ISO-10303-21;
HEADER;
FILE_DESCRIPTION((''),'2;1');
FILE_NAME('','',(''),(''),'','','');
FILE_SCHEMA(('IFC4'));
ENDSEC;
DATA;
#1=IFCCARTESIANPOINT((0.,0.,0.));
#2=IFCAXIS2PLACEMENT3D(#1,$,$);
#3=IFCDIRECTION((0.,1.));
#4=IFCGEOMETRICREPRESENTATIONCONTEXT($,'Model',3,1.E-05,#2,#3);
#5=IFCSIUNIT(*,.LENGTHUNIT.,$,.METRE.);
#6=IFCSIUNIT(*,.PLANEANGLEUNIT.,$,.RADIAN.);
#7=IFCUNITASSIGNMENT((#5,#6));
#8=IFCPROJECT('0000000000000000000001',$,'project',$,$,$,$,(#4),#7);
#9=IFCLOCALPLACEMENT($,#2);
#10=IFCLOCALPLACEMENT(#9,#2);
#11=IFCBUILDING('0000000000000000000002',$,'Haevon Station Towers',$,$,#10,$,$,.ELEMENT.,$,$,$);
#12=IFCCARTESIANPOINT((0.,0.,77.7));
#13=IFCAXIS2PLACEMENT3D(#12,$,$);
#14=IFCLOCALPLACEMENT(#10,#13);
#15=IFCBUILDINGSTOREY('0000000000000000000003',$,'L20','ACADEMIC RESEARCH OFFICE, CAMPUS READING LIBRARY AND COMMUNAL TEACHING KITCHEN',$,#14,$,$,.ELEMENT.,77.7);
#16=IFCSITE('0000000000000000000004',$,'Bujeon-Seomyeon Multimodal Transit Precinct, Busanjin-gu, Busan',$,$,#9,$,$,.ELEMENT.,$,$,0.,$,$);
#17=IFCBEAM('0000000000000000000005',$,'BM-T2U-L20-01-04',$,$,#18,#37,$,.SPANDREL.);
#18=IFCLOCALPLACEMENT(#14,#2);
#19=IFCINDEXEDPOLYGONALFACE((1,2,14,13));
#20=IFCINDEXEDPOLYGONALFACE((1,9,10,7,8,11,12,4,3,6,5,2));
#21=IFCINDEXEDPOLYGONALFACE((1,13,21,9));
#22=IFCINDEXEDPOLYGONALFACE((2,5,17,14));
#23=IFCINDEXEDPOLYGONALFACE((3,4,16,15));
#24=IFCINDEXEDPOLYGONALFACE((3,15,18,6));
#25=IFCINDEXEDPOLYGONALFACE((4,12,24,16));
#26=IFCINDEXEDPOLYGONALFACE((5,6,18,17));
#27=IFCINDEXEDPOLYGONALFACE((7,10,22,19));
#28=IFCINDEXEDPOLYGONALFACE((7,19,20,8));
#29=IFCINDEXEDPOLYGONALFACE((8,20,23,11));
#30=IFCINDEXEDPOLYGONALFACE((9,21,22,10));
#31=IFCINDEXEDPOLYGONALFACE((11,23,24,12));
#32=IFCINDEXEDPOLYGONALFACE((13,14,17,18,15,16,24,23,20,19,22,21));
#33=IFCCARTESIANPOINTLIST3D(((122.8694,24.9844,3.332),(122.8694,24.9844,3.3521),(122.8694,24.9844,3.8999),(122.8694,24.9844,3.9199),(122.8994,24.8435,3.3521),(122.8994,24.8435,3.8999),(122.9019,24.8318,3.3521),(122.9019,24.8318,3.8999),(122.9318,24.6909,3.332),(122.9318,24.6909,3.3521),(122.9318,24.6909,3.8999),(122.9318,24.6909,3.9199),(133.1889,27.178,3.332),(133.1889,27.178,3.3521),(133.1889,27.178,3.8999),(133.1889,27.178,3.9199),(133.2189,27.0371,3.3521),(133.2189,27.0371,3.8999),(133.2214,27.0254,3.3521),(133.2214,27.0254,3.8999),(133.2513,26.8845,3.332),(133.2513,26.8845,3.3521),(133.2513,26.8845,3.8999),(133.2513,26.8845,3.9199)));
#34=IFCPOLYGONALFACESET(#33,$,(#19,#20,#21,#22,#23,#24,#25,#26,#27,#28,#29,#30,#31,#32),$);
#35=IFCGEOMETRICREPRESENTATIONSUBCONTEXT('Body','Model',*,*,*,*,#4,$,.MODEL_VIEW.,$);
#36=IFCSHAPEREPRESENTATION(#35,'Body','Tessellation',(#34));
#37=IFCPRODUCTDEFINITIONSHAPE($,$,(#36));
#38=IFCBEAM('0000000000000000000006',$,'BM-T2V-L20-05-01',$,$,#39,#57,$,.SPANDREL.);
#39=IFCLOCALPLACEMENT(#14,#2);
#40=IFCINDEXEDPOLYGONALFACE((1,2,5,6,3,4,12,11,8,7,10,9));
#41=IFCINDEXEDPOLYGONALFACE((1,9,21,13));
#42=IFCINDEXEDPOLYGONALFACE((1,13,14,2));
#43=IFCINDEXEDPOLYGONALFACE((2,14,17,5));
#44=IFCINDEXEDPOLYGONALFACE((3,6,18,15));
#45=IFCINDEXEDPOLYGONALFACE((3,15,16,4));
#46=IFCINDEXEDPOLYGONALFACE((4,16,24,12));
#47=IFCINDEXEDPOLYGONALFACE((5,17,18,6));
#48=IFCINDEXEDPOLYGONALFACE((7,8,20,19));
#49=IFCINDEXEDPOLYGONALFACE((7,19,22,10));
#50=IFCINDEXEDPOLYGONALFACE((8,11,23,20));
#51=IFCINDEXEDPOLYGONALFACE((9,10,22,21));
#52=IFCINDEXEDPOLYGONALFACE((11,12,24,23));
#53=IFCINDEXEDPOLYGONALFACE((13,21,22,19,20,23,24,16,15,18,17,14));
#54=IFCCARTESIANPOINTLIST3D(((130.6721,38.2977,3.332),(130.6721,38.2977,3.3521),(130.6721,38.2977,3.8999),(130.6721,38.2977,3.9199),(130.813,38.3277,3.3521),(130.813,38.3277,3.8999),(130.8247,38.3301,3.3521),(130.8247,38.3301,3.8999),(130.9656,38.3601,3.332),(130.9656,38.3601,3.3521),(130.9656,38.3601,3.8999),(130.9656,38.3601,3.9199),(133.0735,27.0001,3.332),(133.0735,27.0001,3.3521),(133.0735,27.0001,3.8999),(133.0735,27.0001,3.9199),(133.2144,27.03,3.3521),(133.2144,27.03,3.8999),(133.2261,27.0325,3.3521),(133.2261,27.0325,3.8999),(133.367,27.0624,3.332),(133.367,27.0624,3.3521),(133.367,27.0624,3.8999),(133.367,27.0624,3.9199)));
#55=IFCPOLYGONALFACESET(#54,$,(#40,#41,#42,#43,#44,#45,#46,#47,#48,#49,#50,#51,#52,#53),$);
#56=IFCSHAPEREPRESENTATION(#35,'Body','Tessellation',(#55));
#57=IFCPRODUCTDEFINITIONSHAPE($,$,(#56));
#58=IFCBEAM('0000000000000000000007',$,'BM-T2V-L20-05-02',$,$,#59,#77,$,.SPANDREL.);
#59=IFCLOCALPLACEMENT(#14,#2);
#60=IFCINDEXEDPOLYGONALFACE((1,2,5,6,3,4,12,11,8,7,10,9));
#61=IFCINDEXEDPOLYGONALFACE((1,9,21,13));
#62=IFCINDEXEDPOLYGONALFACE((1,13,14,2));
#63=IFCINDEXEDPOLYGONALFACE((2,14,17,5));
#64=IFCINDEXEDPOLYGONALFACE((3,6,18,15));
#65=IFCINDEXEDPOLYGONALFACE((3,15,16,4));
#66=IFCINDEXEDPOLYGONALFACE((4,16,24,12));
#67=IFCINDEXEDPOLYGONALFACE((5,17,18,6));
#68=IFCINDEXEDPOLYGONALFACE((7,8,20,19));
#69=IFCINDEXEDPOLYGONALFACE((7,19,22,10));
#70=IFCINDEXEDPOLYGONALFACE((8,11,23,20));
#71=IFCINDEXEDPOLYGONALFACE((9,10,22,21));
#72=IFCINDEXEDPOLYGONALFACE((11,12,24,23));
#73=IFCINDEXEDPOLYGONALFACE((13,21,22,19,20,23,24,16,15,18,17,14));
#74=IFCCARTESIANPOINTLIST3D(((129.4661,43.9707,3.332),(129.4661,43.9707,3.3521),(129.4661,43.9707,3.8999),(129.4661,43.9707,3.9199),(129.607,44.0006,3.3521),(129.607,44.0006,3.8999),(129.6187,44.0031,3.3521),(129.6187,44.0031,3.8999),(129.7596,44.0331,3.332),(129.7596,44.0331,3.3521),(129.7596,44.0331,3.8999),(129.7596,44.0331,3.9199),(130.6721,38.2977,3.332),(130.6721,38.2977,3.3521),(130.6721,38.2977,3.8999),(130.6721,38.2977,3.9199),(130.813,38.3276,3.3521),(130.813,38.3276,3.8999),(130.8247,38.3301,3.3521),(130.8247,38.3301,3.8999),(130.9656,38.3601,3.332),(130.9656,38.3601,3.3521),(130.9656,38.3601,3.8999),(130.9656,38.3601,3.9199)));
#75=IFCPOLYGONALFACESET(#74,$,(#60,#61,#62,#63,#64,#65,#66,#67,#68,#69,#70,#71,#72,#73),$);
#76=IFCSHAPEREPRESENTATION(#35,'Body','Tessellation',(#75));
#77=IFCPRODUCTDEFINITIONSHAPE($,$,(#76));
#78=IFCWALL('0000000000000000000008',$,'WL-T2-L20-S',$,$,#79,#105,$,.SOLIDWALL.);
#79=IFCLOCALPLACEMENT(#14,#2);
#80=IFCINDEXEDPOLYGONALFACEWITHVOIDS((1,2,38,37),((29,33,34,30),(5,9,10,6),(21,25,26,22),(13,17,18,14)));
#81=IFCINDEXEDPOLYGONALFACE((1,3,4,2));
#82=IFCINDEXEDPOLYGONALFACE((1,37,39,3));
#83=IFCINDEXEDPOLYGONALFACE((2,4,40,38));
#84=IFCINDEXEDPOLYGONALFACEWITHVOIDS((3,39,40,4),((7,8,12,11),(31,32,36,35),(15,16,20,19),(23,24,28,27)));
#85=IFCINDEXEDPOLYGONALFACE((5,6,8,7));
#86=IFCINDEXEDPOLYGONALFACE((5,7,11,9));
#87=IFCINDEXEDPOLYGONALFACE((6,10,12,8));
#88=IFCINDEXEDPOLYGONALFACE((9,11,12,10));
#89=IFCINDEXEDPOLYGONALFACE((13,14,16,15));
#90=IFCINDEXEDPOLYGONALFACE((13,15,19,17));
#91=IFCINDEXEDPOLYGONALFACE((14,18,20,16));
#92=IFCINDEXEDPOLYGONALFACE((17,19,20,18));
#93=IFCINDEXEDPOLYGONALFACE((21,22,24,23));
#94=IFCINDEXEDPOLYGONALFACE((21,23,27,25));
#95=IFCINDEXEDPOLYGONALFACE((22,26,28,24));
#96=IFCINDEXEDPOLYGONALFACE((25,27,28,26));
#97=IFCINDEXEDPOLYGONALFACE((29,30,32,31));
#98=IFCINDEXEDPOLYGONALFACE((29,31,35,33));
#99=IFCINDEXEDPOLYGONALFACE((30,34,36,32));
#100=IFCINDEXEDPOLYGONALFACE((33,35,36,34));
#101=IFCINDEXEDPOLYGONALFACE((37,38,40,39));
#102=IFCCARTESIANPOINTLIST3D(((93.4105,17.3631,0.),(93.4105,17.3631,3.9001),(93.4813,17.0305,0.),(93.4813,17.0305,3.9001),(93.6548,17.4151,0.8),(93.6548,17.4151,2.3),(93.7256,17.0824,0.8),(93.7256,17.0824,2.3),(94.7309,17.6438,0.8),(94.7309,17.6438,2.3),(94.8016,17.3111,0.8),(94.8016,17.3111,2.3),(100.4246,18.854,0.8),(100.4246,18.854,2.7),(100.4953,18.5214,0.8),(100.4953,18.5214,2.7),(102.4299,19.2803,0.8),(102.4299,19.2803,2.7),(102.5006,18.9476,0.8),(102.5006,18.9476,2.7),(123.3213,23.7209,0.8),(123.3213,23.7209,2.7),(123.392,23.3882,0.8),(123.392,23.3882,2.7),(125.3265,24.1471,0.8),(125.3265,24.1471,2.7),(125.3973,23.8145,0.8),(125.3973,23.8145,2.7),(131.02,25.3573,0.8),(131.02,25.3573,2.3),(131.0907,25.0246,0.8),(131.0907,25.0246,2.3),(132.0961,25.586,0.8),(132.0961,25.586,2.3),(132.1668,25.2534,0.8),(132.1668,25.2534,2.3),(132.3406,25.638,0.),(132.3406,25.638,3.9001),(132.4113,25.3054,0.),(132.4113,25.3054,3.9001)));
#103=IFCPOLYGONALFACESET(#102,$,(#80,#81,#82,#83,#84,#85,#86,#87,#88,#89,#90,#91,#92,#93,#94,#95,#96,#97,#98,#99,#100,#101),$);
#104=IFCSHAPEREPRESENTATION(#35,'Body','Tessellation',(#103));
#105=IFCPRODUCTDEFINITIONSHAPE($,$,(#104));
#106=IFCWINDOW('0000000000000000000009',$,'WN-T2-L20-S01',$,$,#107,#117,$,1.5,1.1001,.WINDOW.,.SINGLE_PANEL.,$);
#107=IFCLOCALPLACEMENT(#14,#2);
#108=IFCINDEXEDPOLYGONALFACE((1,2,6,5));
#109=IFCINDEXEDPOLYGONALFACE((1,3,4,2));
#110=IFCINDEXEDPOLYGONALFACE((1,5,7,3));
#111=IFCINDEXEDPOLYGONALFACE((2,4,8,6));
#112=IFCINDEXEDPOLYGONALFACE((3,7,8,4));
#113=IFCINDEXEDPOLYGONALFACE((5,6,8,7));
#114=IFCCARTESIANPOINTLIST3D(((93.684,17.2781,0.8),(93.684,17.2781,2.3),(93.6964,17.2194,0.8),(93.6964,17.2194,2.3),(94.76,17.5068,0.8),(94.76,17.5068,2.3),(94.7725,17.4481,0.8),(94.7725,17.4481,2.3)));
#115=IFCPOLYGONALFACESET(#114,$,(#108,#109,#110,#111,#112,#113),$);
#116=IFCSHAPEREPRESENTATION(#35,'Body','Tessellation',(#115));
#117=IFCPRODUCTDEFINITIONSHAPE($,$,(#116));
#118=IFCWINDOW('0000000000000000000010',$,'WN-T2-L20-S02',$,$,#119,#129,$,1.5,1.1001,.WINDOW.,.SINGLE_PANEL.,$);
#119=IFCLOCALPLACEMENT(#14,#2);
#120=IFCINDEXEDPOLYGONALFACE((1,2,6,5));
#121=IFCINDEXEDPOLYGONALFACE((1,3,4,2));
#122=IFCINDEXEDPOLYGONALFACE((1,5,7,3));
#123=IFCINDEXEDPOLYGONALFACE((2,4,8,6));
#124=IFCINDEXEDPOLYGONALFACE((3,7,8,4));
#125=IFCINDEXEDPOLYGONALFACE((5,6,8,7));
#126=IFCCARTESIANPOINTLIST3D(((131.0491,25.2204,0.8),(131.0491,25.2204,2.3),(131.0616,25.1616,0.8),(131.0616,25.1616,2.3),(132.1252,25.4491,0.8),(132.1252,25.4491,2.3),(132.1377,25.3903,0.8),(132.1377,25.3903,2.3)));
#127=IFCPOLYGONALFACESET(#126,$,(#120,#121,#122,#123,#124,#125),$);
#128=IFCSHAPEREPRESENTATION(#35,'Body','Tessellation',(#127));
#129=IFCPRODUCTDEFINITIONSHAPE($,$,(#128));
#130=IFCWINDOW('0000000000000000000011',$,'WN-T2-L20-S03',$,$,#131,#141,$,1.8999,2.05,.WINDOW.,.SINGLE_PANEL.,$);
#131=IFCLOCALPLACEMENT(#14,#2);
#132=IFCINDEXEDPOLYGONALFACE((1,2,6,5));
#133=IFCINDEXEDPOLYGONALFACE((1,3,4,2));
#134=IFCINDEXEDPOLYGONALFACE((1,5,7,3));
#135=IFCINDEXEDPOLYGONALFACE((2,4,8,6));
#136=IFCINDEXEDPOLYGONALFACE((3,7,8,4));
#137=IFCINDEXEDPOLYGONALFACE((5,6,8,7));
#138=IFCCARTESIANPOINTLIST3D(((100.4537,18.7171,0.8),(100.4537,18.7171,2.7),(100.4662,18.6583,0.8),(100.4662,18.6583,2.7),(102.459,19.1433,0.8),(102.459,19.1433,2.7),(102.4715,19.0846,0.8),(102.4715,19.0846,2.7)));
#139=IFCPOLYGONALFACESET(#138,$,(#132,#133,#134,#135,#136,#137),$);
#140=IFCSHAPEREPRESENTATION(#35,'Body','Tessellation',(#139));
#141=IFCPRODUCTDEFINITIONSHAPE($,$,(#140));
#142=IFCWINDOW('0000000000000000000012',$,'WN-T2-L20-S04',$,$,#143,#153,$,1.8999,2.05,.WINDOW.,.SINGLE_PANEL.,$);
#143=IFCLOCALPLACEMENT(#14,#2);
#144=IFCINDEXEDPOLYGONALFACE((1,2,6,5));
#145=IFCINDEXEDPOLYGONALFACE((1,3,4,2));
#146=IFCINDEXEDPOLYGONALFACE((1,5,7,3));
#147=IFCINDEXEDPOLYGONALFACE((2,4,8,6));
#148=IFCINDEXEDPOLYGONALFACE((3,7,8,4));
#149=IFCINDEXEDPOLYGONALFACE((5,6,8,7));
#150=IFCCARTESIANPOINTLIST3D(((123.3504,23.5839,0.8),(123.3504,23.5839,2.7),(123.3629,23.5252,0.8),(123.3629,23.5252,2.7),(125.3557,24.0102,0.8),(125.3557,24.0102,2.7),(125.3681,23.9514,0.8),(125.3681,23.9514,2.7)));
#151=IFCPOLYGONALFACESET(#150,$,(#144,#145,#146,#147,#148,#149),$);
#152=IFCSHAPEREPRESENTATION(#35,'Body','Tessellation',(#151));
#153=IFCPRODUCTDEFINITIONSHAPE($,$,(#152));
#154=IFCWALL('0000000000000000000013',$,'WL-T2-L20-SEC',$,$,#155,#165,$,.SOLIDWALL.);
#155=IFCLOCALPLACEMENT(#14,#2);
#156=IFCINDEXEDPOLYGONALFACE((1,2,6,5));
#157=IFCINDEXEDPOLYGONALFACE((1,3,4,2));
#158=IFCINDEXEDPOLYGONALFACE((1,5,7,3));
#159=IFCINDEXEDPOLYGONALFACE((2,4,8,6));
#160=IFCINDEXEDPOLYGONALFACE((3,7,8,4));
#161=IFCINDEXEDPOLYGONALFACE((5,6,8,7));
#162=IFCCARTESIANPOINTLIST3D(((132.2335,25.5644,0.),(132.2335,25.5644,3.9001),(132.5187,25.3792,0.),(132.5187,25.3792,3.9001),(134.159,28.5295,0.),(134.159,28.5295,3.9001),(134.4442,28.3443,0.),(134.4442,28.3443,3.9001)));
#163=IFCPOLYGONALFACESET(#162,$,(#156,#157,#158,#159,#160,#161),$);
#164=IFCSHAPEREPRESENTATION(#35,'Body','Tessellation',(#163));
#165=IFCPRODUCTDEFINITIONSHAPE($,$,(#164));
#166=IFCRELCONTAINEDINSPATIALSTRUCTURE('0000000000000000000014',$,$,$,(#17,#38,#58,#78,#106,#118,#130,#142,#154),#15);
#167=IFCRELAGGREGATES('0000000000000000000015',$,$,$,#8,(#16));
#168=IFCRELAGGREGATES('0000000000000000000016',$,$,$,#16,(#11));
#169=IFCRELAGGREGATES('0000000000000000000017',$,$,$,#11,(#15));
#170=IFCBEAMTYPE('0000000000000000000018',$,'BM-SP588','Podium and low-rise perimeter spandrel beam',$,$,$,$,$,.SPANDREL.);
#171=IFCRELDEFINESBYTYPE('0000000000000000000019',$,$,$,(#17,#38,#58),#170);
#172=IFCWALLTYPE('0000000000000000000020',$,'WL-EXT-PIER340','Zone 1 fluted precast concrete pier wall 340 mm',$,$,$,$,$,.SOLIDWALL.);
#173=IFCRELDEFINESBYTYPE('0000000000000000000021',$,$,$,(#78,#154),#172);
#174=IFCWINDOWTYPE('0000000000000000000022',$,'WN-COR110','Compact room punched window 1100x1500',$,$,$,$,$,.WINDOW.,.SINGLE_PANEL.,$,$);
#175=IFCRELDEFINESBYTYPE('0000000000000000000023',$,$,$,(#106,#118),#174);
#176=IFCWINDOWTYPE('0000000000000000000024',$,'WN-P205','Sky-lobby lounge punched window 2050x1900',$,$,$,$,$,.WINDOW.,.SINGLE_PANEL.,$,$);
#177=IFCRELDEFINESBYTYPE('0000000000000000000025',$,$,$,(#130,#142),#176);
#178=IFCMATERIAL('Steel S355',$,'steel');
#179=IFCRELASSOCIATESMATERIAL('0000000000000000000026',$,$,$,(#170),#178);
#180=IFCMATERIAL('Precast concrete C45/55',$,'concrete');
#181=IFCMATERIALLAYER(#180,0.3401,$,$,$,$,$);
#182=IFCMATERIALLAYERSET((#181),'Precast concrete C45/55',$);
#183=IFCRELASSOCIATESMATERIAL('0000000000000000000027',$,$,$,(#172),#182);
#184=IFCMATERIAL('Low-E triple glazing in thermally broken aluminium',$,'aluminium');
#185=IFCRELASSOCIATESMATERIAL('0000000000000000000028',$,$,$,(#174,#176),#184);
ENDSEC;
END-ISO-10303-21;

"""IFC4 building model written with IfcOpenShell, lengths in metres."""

from ifc_helpers import new_model, si_unit, direction, frame, frame_2d, origin, origin_2d, place, context, subcontext, project, spatial, rectangle, i_section, extrude, material, layer, layer_set, material_profile, profile_set, type_object, element, fill, save


model = new_model("IFC4")

# Units and contexts
model_context = context("Model", 3, precision=1e-05, world=origin(), true_north=direction((0.0, 1.0)))
body_context = subcontext(model_context, "Body", "Model", "MODEL_VIEW")
ifc_project = project(units=[si_unit("LENGTHUNIT", "METRE"), si_unit("PLANEANGLEUNIT", "RADIAN")], contexts=[model_context])

# Site, building, storey
site_placement = place(None, origin())
site = spatial("IfcSite", under=ifc_project, at=site_placement, Name="Bujeon-Seomyeon Multimodal Transit Precinct, Busanjin-gu, Busan", CompositionType="ELEMENT", RefElevation=0.0)
building_placement = place(site_placement, origin())
building = spatial("IfcBuilding", under=site, at=building_placement, Name="Haevon Station Towers", CompositionType="ELEMENT")
storey_placement = place(building_placement, frame((0.0, 0.0, 77.7)))
storey = spatial("IfcBuildingStorey", under=building, at=storey_placement, Name="L20", Description="ACADEMIC RESEARCH OFFICE, CAMPUS READING LIBRARY AND COMMUNAL TEACHING KITCHEN", CompositionType="ELEMENT", Elevation=77.7)

# Beams
ifc_material_1 = material(Name="Steel S355", Category="steel")
ifc_material_profile_1 = material_profile(ifc_material_1, i_section(OverallWidth=0.3, OverallDepth=0.5879, WebThickness=0.012, FlangeThickness=0.02, at=origin_2d()), Name="H-588x300x12x20")
ifc_profile_set_1 = profile_set([ifc_material_profile_1], Name="Steel S355")
beam_type_1 = type_object("IfcBeamType", Name="BM-SP588", Description="Podium and low-rise perimeter spandrel beam", PredefinedType="SPANDREL", material=ifc_profile_set_1)
beam_1_placement = place(storey_placement, frame((122.9006, 24.8376, 3.626), z_axis=(0.978145, 0.207922, 0.0), x_axis=(-0.207922, 0.978145, 0.0)))
element("IfcBeam", 1, at=beam_1_placement, inside=storey, type_object=beam_type_1, Name="BM-T2U-L20-01-04", PredefinedType="SPANDREL", context=body_context, shape_type="SweptSolid", body=[
    extrude(i_section(OverallWidth=0.3, OverallDepth=0.5879, WebThickness=0.012, FlangeThickness=0.02, at=origin_2d()), origin(), (0.0, 0.0, 1.0), 10.55),
])
beam_2_placement = place(storey_placement, frame((133.2202, 27.0312, 3.626), z_axis=(-0.207911, 0.978148, 0.0), x_axis=(-0.978148, -0.207911, 0.0)))
element("IfcBeam", 2, at=beam_2_placement, inside=storey, type_object=beam_type_1, Name="BM-T2V-L20-05-01", PredefinedType="SPANDREL", context=body_context, shape_type="SweptSolid", body=[
    extrude(i_section(OverallWidth=0.3, OverallDepth=0.5879, WebThickness=0.012, FlangeThickness=0.02, at=origin_2d()), origin(), (0.0, 0.0, 1.0), 11.55),
])
beam_3_placement = place(storey_placement, frame((130.8188, 38.3289, 3.626), z_axis=(-0.207945, 0.978141, 0.0), x_axis=(-0.978141, -0.207945, 0.0)))
element("IfcBeam", 3, at=beam_3_placement, inside=storey, type_object=beam_type_1, Name="BM-T2V-L20-05-02", PredefinedType="SPANDREL", context=body_context, shape_type="SweptSolid", body=[
    extrude(i_section(OverallWidth=0.3, OverallDepth=0.5879, WebThickness=0.012, FlangeThickness=0.02, at=origin_2d()), origin(), (0.0, 0.0, 1.0), 5.7998),
])

# Wall, openings, windows
ifc_material_2 = material(Name="Precast concrete C45/55", Category="concrete")
ifc_layer_1 = layer(ifc_material_2, 0.3401)
ifc_layer_set_1 = layer_set([ifc_layer_1], Name="Precast concrete C45/55")
wall_type_1 = type_object("IfcWallType", Name="WL-EXT-PIER340", Description="Zone 1 fluted precast concrete pier wall 340 mm", PredefinedType="SOLIDWALL", material=ifc_layer_set_1)
wall_1_placement = place(storey_placement, frame((132.376, 25.4717, 0.0), z_axis=(0.0, 0.0, 1.0), x_axis=(-0.978147, -0.207913, 0.0)))
wall_1 = element("IfcWall", 4, at=wall_1_placement, inside=storey, type_object=wall_type_1, Name="WL-T2-L20-S", PredefinedType="SOLIDWALL", context=body_context, shape_type="SweptSolid", body=[
    extrude(rectangle(XDim=39.7998, YDim=0.3401, at=frame_2d((19.8999, 0.0))), origin(), (0.0, 0.0, 1.0), 3.9001),
])
opening_1_placement = place(wall_1_placement, frame((38.45, 0.0, 0.8)))
opening_1 = element("IfcOpeningElement", 5, at=opening_1_placement, cuts=wall_1, PredefinedType="OPENING", context=body_context, shape_type="SweptSolid", body=[
    extrude(rectangle(XDim=1.1001, YDim=1.5, at=frame_2d((0.55, 0.75))), frame((0.0, 0.1799, 0.0), z_axis=(0.0, -1.0, 0.0), x_axis=(1.0, 0.0, 0.0)), (0.0, 0.0, 1.0), 0.3601),
])
opening_2_placement = place(wall_1_placement, frame((0.25, 0.0, 0.8)))
opening_2 = element("IfcOpeningElement", 6, at=opening_2_placement, cuts=wall_1, PredefinedType="OPENING", context=body_context, shape_type="SweptSolid", body=[
    extrude(rectangle(XDim=1.1001, YDim=1.5, at=frame_2d((0.55, 0.75))), frame((0.0, 0.1799, 0.0), z_axis=(0.0, -1.0, 0.0), x_axis=(1.0, 0.0, 0.0)), (0.0, 0.0, 1.0), 0.3601),
])
opening_3_placement = place(wall_1_placement, frame((30.5791, 0.0, 0.8)))
opening_3 = element("IfcOpeningElement", 7, at=opening_3_placement, cuts=wall_1, PredefinedType="OPENING", context=body_context, shape_type="SweptSolid", body=[
    extrude(rectangle(XDim=2.05, YDim=1.8999, at=frame_2d((1.0249, 0.95))), frame((0.0, 0.1799, 0.0), z_axis=(0.0, -1.0, 0.0), x_axis=(1.0, 0.0, 0.0)), (0.0, 0.0, 1.0), 0.3601),
])
opening_4_placement = place(wall_1_placement, frame((7.1709, 0.0, 0.8)))
opening_4 = element("IfcOpeningElement", 8, at=opening_4_placement, cuts=wall_1, PredefinedType="OPENING", context=body_context, shape_type="SweptSolid", body=[
    extrude(rectangle(XDim=2.05, YDim=1.8999, at=frame_2d((1.0249, 0.95))), frame((0.0, 0.1799, 0.0), z_axis=(0.0, -1.0, 0.0), x_axis=(1.0, 0.0, 0.0)), (0.0, 0.0, 1.0), 0.3601),
])
ifc_material_3 = material(Name="Low-E triple glazing in thermally broken aluminium", Category="aluminium")
window_type_1 = type_object("IfcWindowType", Name="WN-COR110", Description="Compact room punched window 1100x1500", PartitioningType="SINGLE_PANEL", PredefinedType="WINDOW", material=ifc_material_3)
window_1_placement = place(opening_1_placement, origin())
window_1 = element("IfcWindow", 9, at=window_1_placement, inside=storey, type_object=window_type_1, Name="WN-T2-L20-S01", OverallHeight=1.5, OverallWidth=1.1001, PartitioningType="SINGLE_PANEL", PredefinedType="WINDOW", context=body_context, shape_type="SweptSolid", body=[
    extrude(rectangle(XDim=1.1001, YDim=1.5, at=frame_2d((0.55, 0.75))), frame((0.0, 0.03, 0.0), z_axis=(0.0, -1.0, 0.0), x_axis=(1.0, 0.0, 0.0)), (0.0, 0.0, 1.0), 0.0601),
])
fill(opening_1, window_1)
window_2_placement = place(opening_2_placement, origin())
window_2 = element("IfcWindow", 10, at=window_2_placement, inside=storey, type_object=window_type_1, Name="WN-T2-L20-S02", OverallHeight=1.5, OverallWidth=1.1001, PartitioningType="SINGLE_PANEL", PredefinedType="WINDOW", context=body_context, shape_type="SweptSolid", body=[
    extrude(rectangle(XDim=1.1001, YDim=1.5, at=frame_2d((0.55, 0.75))), frame((0.0, 0.03, 0.0), z_axis=(0.0, -1.0, 0.0), x_axis=(1.0, 0.0, 0.0)), (0.0, 0.0, 1.0), 0.0601),
])
fill(opening_2, window_2)
window_type_2 = type_object("IfcWindowType", Name="WN-P205", Description="Sky-lobby lounge punched window 2050x1900", PartitioningType="SINGLE_PANEL", PredefinedType="WINDOW", material=ifc_material_3)
window_3_placement = place(opening_3_placement, origin())
window_3 = element("IfcWindow", 11, at=window_3_placement, inside=storey, type_object=window_type_2, Name="WN-T2-L20-S03", OverallHeight=1.8999, OverallWidth=2.05, PartitioningType="SINGLE_PANEL", PredefinedType="WINDOW", context=body_context, shape_type="SweptSolid", body=[
    extrude(rectangle(XDim=2.05, YDim=1.8999, at=frame_2d((1.0249, 0.95))), frame((0.0, 0.03, 0.0), z_axis=(0.0, -1.0, 0.0), x_axis=(1.0, 0.0, 0.0)), (0.0, 0.0, 1.0), 0.0601),
])
fill(opening_3, window_3)
window_4_placement = place(opening_4_placement, origin())
window_4 = element("IfcWindow", 12, at=window_4_placement, inside=storey, type_object=window_type_2, Name="WN-T2-L20-S04", OverallHeight=1.8999, OverallWidth=2.05, PartitioningType="SINGLE_PANEL", PredefinedType="WINDOW", context=body_context, shape_type="SweptSolid", body=[
    extrude(rectangle(XDim=2.05, YDim=1.8999, at=frame_2d((1.0249, 0.95))), frame((0.0, 0.03, 0.0), z_axis=(0.0, -1.0, 0.0), x_axis=(1.0, 0.0, 0.0)), (0.0, 0.0, 1.0), 0.0601),
])
fill(opening_4, window_4)

# Wall
wall_2_placement = place(storey_placement, frame((134.3015, 28.4368, 0.0), z_axis=(0.0, 0.0, 1.0), x_axis=(-0.544636, -0.838672, 0.0)))
element("IfcWall", 13, at=wall_2_placement, inside=storey, type_object=wall_type_1, Name="WL-T2-L20-SEC", PredefinedType="SOLIDWALL", context=body_context, shape_type="SweptSolid", body=[
    extrude(rectangle(XDim=3.5354, YDim=0.3401, at=frame_2d((1.7676, 0.0))), origin(), (0.0, 0.0, 1.0), 3.9001),
])

save(model, "model.ifc")
